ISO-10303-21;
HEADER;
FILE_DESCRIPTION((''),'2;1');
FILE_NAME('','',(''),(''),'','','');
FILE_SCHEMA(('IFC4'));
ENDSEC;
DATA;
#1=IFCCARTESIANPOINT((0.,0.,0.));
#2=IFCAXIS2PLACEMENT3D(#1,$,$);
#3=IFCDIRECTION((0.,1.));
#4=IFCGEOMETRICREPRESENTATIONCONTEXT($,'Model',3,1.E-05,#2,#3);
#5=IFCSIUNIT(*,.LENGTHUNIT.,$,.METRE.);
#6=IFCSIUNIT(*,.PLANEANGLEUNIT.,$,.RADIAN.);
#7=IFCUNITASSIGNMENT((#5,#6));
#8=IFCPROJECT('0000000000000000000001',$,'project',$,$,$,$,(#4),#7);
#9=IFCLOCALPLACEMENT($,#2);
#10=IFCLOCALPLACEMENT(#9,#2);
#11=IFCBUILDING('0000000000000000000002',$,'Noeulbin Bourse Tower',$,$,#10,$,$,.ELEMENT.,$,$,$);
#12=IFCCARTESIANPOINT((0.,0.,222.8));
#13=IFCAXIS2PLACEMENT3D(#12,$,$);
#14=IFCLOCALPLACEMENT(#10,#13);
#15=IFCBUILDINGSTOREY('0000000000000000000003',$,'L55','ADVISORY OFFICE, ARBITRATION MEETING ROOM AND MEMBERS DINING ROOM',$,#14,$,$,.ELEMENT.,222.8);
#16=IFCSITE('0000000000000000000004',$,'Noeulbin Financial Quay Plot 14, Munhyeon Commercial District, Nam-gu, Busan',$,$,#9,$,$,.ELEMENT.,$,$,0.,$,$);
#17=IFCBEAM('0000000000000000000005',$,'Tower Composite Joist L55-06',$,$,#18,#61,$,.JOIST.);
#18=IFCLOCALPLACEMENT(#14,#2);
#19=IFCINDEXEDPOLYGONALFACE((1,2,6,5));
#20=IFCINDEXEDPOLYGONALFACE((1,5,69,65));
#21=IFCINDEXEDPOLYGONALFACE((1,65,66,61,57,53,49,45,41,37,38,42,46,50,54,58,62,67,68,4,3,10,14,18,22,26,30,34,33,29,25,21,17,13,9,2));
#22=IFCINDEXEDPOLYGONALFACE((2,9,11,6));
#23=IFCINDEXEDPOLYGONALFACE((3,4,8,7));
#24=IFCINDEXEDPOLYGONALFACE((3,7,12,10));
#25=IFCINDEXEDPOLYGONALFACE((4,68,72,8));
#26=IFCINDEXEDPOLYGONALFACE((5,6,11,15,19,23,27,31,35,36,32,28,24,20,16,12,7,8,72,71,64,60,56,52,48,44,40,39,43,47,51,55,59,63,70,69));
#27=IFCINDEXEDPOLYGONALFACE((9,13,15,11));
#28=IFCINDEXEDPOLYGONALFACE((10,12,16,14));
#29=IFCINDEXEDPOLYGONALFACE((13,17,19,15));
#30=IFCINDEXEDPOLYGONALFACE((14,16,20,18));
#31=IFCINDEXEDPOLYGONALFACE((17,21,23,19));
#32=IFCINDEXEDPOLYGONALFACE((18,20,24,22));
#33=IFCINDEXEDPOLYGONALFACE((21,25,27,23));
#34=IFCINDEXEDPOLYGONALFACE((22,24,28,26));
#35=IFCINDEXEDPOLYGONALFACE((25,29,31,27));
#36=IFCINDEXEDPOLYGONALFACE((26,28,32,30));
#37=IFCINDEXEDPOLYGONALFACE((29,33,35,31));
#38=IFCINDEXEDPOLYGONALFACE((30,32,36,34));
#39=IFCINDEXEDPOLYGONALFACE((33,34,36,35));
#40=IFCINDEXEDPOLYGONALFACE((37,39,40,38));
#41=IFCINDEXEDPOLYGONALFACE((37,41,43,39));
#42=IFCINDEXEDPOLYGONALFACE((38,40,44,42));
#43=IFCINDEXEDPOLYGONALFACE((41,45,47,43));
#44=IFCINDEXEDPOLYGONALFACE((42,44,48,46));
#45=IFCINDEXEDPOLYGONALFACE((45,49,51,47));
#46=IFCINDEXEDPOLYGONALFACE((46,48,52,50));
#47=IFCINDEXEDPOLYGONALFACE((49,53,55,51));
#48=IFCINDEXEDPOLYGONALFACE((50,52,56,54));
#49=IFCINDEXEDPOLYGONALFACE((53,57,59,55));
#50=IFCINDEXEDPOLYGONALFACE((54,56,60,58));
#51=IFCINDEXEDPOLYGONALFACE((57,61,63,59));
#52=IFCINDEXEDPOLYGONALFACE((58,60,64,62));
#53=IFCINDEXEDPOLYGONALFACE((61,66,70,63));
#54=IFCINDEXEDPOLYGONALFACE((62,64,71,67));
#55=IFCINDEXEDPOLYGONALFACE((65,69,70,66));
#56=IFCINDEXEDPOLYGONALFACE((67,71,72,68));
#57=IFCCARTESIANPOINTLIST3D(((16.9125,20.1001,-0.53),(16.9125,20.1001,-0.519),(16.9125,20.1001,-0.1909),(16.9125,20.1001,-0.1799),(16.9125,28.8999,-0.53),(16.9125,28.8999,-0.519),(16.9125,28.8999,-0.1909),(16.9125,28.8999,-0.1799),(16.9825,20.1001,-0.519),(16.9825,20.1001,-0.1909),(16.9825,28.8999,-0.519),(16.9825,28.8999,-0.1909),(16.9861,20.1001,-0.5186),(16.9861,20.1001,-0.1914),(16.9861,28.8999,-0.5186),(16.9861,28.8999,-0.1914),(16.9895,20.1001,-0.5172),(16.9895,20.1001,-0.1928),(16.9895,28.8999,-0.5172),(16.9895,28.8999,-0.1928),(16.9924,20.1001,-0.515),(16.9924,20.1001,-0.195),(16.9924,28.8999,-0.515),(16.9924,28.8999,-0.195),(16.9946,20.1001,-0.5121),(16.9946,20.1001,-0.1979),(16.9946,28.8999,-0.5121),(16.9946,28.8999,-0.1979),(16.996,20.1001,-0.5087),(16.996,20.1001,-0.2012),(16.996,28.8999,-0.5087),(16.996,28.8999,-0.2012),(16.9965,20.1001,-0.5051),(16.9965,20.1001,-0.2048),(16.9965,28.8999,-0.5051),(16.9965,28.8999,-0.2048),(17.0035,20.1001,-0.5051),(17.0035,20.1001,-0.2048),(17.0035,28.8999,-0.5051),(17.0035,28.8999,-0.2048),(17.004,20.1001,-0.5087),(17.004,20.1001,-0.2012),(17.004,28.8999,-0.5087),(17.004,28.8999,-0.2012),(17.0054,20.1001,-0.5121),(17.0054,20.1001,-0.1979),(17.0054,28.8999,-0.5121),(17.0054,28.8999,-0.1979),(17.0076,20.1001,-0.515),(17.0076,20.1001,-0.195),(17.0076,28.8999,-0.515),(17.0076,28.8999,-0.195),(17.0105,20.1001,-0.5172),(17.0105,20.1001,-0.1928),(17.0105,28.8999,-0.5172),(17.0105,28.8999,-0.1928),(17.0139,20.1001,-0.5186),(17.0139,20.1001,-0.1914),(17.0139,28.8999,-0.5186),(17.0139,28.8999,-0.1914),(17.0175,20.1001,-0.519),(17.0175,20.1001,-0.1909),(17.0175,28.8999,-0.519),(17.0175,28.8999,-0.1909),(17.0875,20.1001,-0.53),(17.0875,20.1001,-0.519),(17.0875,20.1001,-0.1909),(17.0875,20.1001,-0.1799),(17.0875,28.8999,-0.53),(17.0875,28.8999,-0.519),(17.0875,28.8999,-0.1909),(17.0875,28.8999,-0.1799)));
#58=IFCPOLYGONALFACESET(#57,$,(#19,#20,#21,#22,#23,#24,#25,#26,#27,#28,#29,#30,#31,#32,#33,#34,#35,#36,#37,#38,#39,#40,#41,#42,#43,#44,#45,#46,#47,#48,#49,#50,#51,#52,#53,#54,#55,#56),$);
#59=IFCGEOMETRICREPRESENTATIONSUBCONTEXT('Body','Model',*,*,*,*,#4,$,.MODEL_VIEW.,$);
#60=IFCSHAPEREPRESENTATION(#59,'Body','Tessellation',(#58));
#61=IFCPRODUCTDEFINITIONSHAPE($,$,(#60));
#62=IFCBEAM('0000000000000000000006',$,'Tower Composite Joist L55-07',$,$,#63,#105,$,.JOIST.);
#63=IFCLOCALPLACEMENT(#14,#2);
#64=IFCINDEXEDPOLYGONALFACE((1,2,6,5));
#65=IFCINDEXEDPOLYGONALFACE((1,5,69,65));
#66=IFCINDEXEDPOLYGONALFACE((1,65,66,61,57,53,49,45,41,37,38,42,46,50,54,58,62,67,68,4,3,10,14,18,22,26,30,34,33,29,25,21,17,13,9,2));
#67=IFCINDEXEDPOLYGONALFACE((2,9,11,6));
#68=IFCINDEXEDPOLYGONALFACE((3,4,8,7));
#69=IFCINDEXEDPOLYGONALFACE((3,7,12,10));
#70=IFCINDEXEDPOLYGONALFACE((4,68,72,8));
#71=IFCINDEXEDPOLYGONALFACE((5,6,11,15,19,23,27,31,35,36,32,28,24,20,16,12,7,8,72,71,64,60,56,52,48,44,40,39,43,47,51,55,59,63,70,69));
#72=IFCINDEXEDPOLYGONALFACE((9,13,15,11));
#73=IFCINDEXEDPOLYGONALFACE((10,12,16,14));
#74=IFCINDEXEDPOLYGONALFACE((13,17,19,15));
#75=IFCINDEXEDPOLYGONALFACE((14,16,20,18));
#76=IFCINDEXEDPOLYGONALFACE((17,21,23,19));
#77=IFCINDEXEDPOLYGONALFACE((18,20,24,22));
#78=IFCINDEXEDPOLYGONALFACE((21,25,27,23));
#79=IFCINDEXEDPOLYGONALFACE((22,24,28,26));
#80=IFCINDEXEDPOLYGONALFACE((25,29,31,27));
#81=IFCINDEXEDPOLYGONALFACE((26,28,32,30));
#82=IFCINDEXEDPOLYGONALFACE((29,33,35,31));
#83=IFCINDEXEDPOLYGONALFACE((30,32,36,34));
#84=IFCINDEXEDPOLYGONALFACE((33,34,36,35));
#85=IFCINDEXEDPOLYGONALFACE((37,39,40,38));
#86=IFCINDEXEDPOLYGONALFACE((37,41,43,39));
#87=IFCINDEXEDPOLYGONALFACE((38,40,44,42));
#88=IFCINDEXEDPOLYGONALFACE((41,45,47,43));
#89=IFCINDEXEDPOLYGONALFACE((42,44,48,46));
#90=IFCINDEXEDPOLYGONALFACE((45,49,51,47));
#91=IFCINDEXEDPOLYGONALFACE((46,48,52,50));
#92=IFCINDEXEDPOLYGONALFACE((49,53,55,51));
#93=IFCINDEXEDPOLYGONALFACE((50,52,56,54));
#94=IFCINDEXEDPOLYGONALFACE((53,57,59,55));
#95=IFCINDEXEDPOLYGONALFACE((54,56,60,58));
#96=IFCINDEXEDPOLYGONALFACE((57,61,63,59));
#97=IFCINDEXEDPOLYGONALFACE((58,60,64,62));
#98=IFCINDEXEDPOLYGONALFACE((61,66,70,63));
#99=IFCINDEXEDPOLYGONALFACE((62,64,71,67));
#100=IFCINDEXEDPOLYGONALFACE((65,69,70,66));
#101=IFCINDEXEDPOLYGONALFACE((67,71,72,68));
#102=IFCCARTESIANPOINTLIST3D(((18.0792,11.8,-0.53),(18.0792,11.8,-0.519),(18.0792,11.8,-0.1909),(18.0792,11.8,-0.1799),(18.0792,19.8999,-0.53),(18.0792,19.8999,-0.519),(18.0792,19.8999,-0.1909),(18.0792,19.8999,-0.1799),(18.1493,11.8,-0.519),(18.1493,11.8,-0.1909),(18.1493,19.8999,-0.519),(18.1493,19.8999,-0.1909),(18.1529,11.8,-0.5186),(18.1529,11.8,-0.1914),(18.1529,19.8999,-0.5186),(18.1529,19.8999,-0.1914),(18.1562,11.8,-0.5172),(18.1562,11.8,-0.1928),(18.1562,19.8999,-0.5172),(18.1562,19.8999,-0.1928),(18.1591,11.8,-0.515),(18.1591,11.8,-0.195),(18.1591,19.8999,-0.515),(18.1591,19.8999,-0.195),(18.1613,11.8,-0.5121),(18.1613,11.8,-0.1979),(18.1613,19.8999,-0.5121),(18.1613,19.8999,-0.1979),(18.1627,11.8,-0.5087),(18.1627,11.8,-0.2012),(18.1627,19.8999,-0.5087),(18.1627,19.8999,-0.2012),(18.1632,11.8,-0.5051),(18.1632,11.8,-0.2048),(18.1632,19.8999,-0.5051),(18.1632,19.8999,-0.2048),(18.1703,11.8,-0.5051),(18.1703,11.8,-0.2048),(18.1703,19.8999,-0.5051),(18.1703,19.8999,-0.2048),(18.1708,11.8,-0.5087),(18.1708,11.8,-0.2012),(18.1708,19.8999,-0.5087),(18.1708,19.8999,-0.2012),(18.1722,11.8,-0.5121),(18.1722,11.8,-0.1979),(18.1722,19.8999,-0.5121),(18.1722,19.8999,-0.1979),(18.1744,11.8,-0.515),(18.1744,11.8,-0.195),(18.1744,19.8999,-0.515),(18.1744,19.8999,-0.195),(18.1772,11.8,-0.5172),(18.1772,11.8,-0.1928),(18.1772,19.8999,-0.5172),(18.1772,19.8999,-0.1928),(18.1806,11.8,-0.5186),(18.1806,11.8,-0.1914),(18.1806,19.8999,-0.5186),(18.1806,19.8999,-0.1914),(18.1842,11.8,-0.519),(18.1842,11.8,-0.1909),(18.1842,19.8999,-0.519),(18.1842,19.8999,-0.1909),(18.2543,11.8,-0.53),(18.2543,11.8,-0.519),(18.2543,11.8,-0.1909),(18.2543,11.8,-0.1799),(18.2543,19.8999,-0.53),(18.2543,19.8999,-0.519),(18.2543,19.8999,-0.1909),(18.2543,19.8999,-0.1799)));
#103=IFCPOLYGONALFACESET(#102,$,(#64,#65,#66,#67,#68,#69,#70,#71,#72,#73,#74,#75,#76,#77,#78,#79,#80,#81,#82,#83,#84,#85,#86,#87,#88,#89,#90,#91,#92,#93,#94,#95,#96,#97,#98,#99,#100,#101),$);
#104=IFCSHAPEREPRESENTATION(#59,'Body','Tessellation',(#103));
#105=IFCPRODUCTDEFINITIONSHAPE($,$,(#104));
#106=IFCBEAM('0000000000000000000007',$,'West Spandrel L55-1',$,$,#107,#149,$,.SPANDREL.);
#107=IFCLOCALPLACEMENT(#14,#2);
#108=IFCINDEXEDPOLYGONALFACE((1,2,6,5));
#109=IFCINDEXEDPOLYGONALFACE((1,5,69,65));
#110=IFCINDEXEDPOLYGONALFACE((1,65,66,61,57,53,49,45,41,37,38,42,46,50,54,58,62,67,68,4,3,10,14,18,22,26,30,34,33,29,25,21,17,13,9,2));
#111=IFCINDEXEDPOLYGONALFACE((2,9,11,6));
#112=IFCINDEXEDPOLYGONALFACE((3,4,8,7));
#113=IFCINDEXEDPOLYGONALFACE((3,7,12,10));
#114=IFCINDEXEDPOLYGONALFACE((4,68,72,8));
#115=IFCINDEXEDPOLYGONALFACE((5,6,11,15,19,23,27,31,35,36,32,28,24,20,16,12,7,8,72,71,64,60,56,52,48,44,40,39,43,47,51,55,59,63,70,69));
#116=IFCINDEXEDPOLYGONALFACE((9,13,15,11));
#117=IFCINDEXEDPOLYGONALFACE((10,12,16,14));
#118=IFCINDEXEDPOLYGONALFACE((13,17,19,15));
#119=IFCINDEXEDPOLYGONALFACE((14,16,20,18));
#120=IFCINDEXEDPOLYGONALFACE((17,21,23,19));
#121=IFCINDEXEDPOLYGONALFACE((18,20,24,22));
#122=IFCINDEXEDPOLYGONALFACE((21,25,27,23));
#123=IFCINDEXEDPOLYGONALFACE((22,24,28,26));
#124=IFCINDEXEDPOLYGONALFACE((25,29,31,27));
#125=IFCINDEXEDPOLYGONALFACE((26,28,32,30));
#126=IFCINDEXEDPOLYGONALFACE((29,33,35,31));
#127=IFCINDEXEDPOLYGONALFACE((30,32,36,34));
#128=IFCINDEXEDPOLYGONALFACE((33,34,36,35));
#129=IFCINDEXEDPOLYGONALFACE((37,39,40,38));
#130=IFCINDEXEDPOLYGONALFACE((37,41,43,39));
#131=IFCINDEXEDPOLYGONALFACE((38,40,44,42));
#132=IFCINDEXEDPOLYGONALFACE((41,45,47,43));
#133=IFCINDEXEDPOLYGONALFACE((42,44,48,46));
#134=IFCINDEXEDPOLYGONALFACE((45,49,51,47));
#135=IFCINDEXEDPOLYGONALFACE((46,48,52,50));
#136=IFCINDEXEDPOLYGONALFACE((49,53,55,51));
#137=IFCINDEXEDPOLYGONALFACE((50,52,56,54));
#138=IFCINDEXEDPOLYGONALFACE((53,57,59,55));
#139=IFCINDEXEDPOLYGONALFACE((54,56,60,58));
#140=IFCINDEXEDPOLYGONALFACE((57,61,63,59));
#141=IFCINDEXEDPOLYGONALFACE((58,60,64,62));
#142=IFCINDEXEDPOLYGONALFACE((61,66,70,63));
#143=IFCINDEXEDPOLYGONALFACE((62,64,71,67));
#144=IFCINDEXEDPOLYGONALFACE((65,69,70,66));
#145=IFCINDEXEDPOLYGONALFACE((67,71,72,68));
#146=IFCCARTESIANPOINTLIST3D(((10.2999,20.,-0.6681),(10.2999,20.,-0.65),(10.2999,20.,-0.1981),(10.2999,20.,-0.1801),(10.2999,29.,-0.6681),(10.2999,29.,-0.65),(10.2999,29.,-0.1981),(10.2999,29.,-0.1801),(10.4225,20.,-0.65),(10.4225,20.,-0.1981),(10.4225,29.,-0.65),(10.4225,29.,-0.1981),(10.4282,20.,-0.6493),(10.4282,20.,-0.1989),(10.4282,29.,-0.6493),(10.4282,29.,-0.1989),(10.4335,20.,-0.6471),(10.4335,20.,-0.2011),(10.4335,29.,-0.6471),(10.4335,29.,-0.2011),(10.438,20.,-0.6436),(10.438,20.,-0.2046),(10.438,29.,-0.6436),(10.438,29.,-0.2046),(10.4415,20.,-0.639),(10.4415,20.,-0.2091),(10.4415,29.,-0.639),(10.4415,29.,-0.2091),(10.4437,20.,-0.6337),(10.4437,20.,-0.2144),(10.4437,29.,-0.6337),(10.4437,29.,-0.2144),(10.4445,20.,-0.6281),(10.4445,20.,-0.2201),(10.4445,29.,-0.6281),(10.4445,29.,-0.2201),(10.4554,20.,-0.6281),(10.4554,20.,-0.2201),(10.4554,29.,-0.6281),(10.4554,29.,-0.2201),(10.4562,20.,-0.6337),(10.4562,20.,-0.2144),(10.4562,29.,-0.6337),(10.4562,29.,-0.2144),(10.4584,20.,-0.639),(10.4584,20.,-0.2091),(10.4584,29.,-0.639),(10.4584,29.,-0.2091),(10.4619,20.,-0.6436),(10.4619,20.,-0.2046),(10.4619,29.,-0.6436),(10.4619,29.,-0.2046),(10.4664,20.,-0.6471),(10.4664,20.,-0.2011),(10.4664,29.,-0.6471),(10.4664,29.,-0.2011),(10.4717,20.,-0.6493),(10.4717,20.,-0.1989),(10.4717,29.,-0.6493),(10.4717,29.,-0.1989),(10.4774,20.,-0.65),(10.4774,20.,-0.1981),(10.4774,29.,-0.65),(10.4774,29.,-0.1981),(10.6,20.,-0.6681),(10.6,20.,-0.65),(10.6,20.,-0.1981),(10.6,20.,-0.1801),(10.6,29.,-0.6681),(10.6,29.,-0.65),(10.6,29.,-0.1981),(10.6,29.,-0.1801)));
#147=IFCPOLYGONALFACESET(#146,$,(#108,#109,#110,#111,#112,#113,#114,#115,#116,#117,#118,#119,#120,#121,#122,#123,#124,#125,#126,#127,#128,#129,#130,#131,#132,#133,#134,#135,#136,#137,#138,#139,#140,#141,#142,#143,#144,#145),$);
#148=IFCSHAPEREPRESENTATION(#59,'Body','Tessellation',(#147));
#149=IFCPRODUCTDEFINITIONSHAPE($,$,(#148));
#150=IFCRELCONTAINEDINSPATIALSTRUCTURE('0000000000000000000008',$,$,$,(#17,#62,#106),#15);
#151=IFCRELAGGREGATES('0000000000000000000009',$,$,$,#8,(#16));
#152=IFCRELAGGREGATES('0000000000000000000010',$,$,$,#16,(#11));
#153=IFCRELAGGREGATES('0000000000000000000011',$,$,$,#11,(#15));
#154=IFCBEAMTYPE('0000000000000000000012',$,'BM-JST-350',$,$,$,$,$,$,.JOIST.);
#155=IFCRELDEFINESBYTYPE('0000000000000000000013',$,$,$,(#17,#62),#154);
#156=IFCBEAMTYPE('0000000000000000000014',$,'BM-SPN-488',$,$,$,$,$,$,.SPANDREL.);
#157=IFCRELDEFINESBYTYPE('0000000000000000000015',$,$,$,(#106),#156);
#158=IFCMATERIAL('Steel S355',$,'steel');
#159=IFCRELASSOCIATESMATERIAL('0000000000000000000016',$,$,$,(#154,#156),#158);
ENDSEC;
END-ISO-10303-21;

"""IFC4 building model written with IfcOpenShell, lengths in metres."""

from ifc_helpers import new_model, si_unit, direction, frame, origin, origin_2d, place, context, subcontext, project, spatial, i_section, extrude, material, material_profile, profile_set, type_object, element, save


model = new_model("IFC4")

# Units and contexts
model_context = context("Model", 3, precision=1e-05, world=origin(), true_north=direction((0.0, 1.0)))
body_context = subcontext(model_context, "Body", "Model", "MODEL_VIEW")
ifc_project = project(units=[si_unit("LENGTHUNIT", "METRE"), si_unit("PLANEANGLEUNIT", "RADIAN")], contexts=[model_context])

# Site, building, storey
site_placement = place(None, origin())
site = spatial("IfcSite", under=ifc_project, at=site_placement, Name="Noeulbin Financial Quay Plot 14, Munhyeon Commercial District, Nam-gu, Busan", CompositionType="ELEMENT", RefElevation=0.0)
building_placement = place(site_placement, origin())
building = spatial("IfcBuilding", under=site, at=building_placement, Name="Noeulbin Bourse Tower", CompositionType="ELEMENT")
storey_placement = place(building_placement, frame((0.0, 0.0, 222.8)))
storey = spatial("IfcBuildingStorey", under=building, at=storey_placement, Name="L55", Description="ADVISORY OFFICE, ARBITRATION MEETING ROOM AND MEMBERS DINING ROOM", CompositionType="ELEMENT", Elevation=222.8)

# Shared definitions
ifc_material_1 = material(Name="Steel S355", Category="steel")

# Beams
ifc_material_profile_1 = material_profile(ifc_material_1, i_section(OverallWidth=0.175, OverallDepth=0.3501, WebThickness=0.0071, FlangeThickness=0.011, FilletRadius=0.0139, at=origin_2d()), Name="H-350x175x7x11", Category="LoadBearing")
ifc_profile_set_1 = profile_set([ifc_material_profile_1], Name="Steel S355")
beam_type_1 = type_object("IfcBeamType", Name="BM-JST-350", PredefinedType="JOIST", material=ifc_profile_set_1)
for number, where, z_axis, x_axis, name in (
    (1, (17.0, 20.1001, -0.355), (0.0, 1.0, 0.0), (-1.0, 0.0, 0.0), "Tower Composite Joist L55-06"),
):
    element("IfcBeam", number, at=place(storey_placement, frame(where, z_axis=z_axis, x_axis=x_axis)), inside=storey, type_object=beam_type_1, Name=name, PredefinedType="JOIST", context=body_context, shape_type="SweptSolid", body=[
        extrude(i_section(OverallWidth=0.175, OverallDepth=0.3501, WebThickness=0.0071, FlangeThickness=0.011, FilletRadius=0.0139, at=origin_2d()), origin(), (0.0, 0.0, 1.0), 8.7998),
    ])
beam_1_placement = place(storey_placement, frame((18.1667, 11.8, -0.355), z_axis=(0.0, 1.0, 0.0), x_axis=(-1.0, 0.0, 0.0)))
element("IfcBeam", 2, at=beam_1_placement, inside=storey, type_object=beam_type_1, Name="Tower Composite Joist L55-07", PredefinedType="JOIST", context=body_context, shape_type="SweptSolid", body=[
    extrude(i_section(OverallWidth=0.175, OverallDepth=0.3501, WebThickness=0.0071, FlangeThickness=0.011, FilletRadius=0.0139, at=origin_2d()), origin(), (0.0, 0.0, 1.0), 8.0999),
])
ifc_material_profile_2 = material_profile(ifc_material_1, i_section(OverallWidth=0.3, OverallDepth=0.488, WebThickness=0.011, FlangeThickness=0.0181, FilletRadius=0.022, at=origin_2d()), Name="H-488x300x11x18", Category="LoadBearing")
ifc_profile_set_2 = profile_set([ifc_material_profile_2], Name="Steel S355")
beam_type_2 = type_object("IfcBeamType", Name="BM-SPN-488", PredefinedType="SPANDREL", material=ifc_profile_set_2)
beam_2_placement = place(storey_placement, frame((10.45, 20.0, -0.4241), z_axis=(0.0, 1.0, 0.0), x_axis=(-1.0, 0.0, 0.0)))
element("IfcBeam", 3, at=beam_2_placement, inside=storey, type_object=beam_type_2, Name="West Spandrel L55-1", PredefinedType="SPANDREL", context=body_context, shape_type="SweptSolid", body=[
    extrude(i_section(OverallWidth=0.3, OverallDepth=0.488, WebThickness=0.011, FlangeThickness=0.0181, FilletRadius=0.022, at=origin_2d()), origin(), (0.0, 0.0, 1.0), 9.0),
])

save(model, "model.ifc")
